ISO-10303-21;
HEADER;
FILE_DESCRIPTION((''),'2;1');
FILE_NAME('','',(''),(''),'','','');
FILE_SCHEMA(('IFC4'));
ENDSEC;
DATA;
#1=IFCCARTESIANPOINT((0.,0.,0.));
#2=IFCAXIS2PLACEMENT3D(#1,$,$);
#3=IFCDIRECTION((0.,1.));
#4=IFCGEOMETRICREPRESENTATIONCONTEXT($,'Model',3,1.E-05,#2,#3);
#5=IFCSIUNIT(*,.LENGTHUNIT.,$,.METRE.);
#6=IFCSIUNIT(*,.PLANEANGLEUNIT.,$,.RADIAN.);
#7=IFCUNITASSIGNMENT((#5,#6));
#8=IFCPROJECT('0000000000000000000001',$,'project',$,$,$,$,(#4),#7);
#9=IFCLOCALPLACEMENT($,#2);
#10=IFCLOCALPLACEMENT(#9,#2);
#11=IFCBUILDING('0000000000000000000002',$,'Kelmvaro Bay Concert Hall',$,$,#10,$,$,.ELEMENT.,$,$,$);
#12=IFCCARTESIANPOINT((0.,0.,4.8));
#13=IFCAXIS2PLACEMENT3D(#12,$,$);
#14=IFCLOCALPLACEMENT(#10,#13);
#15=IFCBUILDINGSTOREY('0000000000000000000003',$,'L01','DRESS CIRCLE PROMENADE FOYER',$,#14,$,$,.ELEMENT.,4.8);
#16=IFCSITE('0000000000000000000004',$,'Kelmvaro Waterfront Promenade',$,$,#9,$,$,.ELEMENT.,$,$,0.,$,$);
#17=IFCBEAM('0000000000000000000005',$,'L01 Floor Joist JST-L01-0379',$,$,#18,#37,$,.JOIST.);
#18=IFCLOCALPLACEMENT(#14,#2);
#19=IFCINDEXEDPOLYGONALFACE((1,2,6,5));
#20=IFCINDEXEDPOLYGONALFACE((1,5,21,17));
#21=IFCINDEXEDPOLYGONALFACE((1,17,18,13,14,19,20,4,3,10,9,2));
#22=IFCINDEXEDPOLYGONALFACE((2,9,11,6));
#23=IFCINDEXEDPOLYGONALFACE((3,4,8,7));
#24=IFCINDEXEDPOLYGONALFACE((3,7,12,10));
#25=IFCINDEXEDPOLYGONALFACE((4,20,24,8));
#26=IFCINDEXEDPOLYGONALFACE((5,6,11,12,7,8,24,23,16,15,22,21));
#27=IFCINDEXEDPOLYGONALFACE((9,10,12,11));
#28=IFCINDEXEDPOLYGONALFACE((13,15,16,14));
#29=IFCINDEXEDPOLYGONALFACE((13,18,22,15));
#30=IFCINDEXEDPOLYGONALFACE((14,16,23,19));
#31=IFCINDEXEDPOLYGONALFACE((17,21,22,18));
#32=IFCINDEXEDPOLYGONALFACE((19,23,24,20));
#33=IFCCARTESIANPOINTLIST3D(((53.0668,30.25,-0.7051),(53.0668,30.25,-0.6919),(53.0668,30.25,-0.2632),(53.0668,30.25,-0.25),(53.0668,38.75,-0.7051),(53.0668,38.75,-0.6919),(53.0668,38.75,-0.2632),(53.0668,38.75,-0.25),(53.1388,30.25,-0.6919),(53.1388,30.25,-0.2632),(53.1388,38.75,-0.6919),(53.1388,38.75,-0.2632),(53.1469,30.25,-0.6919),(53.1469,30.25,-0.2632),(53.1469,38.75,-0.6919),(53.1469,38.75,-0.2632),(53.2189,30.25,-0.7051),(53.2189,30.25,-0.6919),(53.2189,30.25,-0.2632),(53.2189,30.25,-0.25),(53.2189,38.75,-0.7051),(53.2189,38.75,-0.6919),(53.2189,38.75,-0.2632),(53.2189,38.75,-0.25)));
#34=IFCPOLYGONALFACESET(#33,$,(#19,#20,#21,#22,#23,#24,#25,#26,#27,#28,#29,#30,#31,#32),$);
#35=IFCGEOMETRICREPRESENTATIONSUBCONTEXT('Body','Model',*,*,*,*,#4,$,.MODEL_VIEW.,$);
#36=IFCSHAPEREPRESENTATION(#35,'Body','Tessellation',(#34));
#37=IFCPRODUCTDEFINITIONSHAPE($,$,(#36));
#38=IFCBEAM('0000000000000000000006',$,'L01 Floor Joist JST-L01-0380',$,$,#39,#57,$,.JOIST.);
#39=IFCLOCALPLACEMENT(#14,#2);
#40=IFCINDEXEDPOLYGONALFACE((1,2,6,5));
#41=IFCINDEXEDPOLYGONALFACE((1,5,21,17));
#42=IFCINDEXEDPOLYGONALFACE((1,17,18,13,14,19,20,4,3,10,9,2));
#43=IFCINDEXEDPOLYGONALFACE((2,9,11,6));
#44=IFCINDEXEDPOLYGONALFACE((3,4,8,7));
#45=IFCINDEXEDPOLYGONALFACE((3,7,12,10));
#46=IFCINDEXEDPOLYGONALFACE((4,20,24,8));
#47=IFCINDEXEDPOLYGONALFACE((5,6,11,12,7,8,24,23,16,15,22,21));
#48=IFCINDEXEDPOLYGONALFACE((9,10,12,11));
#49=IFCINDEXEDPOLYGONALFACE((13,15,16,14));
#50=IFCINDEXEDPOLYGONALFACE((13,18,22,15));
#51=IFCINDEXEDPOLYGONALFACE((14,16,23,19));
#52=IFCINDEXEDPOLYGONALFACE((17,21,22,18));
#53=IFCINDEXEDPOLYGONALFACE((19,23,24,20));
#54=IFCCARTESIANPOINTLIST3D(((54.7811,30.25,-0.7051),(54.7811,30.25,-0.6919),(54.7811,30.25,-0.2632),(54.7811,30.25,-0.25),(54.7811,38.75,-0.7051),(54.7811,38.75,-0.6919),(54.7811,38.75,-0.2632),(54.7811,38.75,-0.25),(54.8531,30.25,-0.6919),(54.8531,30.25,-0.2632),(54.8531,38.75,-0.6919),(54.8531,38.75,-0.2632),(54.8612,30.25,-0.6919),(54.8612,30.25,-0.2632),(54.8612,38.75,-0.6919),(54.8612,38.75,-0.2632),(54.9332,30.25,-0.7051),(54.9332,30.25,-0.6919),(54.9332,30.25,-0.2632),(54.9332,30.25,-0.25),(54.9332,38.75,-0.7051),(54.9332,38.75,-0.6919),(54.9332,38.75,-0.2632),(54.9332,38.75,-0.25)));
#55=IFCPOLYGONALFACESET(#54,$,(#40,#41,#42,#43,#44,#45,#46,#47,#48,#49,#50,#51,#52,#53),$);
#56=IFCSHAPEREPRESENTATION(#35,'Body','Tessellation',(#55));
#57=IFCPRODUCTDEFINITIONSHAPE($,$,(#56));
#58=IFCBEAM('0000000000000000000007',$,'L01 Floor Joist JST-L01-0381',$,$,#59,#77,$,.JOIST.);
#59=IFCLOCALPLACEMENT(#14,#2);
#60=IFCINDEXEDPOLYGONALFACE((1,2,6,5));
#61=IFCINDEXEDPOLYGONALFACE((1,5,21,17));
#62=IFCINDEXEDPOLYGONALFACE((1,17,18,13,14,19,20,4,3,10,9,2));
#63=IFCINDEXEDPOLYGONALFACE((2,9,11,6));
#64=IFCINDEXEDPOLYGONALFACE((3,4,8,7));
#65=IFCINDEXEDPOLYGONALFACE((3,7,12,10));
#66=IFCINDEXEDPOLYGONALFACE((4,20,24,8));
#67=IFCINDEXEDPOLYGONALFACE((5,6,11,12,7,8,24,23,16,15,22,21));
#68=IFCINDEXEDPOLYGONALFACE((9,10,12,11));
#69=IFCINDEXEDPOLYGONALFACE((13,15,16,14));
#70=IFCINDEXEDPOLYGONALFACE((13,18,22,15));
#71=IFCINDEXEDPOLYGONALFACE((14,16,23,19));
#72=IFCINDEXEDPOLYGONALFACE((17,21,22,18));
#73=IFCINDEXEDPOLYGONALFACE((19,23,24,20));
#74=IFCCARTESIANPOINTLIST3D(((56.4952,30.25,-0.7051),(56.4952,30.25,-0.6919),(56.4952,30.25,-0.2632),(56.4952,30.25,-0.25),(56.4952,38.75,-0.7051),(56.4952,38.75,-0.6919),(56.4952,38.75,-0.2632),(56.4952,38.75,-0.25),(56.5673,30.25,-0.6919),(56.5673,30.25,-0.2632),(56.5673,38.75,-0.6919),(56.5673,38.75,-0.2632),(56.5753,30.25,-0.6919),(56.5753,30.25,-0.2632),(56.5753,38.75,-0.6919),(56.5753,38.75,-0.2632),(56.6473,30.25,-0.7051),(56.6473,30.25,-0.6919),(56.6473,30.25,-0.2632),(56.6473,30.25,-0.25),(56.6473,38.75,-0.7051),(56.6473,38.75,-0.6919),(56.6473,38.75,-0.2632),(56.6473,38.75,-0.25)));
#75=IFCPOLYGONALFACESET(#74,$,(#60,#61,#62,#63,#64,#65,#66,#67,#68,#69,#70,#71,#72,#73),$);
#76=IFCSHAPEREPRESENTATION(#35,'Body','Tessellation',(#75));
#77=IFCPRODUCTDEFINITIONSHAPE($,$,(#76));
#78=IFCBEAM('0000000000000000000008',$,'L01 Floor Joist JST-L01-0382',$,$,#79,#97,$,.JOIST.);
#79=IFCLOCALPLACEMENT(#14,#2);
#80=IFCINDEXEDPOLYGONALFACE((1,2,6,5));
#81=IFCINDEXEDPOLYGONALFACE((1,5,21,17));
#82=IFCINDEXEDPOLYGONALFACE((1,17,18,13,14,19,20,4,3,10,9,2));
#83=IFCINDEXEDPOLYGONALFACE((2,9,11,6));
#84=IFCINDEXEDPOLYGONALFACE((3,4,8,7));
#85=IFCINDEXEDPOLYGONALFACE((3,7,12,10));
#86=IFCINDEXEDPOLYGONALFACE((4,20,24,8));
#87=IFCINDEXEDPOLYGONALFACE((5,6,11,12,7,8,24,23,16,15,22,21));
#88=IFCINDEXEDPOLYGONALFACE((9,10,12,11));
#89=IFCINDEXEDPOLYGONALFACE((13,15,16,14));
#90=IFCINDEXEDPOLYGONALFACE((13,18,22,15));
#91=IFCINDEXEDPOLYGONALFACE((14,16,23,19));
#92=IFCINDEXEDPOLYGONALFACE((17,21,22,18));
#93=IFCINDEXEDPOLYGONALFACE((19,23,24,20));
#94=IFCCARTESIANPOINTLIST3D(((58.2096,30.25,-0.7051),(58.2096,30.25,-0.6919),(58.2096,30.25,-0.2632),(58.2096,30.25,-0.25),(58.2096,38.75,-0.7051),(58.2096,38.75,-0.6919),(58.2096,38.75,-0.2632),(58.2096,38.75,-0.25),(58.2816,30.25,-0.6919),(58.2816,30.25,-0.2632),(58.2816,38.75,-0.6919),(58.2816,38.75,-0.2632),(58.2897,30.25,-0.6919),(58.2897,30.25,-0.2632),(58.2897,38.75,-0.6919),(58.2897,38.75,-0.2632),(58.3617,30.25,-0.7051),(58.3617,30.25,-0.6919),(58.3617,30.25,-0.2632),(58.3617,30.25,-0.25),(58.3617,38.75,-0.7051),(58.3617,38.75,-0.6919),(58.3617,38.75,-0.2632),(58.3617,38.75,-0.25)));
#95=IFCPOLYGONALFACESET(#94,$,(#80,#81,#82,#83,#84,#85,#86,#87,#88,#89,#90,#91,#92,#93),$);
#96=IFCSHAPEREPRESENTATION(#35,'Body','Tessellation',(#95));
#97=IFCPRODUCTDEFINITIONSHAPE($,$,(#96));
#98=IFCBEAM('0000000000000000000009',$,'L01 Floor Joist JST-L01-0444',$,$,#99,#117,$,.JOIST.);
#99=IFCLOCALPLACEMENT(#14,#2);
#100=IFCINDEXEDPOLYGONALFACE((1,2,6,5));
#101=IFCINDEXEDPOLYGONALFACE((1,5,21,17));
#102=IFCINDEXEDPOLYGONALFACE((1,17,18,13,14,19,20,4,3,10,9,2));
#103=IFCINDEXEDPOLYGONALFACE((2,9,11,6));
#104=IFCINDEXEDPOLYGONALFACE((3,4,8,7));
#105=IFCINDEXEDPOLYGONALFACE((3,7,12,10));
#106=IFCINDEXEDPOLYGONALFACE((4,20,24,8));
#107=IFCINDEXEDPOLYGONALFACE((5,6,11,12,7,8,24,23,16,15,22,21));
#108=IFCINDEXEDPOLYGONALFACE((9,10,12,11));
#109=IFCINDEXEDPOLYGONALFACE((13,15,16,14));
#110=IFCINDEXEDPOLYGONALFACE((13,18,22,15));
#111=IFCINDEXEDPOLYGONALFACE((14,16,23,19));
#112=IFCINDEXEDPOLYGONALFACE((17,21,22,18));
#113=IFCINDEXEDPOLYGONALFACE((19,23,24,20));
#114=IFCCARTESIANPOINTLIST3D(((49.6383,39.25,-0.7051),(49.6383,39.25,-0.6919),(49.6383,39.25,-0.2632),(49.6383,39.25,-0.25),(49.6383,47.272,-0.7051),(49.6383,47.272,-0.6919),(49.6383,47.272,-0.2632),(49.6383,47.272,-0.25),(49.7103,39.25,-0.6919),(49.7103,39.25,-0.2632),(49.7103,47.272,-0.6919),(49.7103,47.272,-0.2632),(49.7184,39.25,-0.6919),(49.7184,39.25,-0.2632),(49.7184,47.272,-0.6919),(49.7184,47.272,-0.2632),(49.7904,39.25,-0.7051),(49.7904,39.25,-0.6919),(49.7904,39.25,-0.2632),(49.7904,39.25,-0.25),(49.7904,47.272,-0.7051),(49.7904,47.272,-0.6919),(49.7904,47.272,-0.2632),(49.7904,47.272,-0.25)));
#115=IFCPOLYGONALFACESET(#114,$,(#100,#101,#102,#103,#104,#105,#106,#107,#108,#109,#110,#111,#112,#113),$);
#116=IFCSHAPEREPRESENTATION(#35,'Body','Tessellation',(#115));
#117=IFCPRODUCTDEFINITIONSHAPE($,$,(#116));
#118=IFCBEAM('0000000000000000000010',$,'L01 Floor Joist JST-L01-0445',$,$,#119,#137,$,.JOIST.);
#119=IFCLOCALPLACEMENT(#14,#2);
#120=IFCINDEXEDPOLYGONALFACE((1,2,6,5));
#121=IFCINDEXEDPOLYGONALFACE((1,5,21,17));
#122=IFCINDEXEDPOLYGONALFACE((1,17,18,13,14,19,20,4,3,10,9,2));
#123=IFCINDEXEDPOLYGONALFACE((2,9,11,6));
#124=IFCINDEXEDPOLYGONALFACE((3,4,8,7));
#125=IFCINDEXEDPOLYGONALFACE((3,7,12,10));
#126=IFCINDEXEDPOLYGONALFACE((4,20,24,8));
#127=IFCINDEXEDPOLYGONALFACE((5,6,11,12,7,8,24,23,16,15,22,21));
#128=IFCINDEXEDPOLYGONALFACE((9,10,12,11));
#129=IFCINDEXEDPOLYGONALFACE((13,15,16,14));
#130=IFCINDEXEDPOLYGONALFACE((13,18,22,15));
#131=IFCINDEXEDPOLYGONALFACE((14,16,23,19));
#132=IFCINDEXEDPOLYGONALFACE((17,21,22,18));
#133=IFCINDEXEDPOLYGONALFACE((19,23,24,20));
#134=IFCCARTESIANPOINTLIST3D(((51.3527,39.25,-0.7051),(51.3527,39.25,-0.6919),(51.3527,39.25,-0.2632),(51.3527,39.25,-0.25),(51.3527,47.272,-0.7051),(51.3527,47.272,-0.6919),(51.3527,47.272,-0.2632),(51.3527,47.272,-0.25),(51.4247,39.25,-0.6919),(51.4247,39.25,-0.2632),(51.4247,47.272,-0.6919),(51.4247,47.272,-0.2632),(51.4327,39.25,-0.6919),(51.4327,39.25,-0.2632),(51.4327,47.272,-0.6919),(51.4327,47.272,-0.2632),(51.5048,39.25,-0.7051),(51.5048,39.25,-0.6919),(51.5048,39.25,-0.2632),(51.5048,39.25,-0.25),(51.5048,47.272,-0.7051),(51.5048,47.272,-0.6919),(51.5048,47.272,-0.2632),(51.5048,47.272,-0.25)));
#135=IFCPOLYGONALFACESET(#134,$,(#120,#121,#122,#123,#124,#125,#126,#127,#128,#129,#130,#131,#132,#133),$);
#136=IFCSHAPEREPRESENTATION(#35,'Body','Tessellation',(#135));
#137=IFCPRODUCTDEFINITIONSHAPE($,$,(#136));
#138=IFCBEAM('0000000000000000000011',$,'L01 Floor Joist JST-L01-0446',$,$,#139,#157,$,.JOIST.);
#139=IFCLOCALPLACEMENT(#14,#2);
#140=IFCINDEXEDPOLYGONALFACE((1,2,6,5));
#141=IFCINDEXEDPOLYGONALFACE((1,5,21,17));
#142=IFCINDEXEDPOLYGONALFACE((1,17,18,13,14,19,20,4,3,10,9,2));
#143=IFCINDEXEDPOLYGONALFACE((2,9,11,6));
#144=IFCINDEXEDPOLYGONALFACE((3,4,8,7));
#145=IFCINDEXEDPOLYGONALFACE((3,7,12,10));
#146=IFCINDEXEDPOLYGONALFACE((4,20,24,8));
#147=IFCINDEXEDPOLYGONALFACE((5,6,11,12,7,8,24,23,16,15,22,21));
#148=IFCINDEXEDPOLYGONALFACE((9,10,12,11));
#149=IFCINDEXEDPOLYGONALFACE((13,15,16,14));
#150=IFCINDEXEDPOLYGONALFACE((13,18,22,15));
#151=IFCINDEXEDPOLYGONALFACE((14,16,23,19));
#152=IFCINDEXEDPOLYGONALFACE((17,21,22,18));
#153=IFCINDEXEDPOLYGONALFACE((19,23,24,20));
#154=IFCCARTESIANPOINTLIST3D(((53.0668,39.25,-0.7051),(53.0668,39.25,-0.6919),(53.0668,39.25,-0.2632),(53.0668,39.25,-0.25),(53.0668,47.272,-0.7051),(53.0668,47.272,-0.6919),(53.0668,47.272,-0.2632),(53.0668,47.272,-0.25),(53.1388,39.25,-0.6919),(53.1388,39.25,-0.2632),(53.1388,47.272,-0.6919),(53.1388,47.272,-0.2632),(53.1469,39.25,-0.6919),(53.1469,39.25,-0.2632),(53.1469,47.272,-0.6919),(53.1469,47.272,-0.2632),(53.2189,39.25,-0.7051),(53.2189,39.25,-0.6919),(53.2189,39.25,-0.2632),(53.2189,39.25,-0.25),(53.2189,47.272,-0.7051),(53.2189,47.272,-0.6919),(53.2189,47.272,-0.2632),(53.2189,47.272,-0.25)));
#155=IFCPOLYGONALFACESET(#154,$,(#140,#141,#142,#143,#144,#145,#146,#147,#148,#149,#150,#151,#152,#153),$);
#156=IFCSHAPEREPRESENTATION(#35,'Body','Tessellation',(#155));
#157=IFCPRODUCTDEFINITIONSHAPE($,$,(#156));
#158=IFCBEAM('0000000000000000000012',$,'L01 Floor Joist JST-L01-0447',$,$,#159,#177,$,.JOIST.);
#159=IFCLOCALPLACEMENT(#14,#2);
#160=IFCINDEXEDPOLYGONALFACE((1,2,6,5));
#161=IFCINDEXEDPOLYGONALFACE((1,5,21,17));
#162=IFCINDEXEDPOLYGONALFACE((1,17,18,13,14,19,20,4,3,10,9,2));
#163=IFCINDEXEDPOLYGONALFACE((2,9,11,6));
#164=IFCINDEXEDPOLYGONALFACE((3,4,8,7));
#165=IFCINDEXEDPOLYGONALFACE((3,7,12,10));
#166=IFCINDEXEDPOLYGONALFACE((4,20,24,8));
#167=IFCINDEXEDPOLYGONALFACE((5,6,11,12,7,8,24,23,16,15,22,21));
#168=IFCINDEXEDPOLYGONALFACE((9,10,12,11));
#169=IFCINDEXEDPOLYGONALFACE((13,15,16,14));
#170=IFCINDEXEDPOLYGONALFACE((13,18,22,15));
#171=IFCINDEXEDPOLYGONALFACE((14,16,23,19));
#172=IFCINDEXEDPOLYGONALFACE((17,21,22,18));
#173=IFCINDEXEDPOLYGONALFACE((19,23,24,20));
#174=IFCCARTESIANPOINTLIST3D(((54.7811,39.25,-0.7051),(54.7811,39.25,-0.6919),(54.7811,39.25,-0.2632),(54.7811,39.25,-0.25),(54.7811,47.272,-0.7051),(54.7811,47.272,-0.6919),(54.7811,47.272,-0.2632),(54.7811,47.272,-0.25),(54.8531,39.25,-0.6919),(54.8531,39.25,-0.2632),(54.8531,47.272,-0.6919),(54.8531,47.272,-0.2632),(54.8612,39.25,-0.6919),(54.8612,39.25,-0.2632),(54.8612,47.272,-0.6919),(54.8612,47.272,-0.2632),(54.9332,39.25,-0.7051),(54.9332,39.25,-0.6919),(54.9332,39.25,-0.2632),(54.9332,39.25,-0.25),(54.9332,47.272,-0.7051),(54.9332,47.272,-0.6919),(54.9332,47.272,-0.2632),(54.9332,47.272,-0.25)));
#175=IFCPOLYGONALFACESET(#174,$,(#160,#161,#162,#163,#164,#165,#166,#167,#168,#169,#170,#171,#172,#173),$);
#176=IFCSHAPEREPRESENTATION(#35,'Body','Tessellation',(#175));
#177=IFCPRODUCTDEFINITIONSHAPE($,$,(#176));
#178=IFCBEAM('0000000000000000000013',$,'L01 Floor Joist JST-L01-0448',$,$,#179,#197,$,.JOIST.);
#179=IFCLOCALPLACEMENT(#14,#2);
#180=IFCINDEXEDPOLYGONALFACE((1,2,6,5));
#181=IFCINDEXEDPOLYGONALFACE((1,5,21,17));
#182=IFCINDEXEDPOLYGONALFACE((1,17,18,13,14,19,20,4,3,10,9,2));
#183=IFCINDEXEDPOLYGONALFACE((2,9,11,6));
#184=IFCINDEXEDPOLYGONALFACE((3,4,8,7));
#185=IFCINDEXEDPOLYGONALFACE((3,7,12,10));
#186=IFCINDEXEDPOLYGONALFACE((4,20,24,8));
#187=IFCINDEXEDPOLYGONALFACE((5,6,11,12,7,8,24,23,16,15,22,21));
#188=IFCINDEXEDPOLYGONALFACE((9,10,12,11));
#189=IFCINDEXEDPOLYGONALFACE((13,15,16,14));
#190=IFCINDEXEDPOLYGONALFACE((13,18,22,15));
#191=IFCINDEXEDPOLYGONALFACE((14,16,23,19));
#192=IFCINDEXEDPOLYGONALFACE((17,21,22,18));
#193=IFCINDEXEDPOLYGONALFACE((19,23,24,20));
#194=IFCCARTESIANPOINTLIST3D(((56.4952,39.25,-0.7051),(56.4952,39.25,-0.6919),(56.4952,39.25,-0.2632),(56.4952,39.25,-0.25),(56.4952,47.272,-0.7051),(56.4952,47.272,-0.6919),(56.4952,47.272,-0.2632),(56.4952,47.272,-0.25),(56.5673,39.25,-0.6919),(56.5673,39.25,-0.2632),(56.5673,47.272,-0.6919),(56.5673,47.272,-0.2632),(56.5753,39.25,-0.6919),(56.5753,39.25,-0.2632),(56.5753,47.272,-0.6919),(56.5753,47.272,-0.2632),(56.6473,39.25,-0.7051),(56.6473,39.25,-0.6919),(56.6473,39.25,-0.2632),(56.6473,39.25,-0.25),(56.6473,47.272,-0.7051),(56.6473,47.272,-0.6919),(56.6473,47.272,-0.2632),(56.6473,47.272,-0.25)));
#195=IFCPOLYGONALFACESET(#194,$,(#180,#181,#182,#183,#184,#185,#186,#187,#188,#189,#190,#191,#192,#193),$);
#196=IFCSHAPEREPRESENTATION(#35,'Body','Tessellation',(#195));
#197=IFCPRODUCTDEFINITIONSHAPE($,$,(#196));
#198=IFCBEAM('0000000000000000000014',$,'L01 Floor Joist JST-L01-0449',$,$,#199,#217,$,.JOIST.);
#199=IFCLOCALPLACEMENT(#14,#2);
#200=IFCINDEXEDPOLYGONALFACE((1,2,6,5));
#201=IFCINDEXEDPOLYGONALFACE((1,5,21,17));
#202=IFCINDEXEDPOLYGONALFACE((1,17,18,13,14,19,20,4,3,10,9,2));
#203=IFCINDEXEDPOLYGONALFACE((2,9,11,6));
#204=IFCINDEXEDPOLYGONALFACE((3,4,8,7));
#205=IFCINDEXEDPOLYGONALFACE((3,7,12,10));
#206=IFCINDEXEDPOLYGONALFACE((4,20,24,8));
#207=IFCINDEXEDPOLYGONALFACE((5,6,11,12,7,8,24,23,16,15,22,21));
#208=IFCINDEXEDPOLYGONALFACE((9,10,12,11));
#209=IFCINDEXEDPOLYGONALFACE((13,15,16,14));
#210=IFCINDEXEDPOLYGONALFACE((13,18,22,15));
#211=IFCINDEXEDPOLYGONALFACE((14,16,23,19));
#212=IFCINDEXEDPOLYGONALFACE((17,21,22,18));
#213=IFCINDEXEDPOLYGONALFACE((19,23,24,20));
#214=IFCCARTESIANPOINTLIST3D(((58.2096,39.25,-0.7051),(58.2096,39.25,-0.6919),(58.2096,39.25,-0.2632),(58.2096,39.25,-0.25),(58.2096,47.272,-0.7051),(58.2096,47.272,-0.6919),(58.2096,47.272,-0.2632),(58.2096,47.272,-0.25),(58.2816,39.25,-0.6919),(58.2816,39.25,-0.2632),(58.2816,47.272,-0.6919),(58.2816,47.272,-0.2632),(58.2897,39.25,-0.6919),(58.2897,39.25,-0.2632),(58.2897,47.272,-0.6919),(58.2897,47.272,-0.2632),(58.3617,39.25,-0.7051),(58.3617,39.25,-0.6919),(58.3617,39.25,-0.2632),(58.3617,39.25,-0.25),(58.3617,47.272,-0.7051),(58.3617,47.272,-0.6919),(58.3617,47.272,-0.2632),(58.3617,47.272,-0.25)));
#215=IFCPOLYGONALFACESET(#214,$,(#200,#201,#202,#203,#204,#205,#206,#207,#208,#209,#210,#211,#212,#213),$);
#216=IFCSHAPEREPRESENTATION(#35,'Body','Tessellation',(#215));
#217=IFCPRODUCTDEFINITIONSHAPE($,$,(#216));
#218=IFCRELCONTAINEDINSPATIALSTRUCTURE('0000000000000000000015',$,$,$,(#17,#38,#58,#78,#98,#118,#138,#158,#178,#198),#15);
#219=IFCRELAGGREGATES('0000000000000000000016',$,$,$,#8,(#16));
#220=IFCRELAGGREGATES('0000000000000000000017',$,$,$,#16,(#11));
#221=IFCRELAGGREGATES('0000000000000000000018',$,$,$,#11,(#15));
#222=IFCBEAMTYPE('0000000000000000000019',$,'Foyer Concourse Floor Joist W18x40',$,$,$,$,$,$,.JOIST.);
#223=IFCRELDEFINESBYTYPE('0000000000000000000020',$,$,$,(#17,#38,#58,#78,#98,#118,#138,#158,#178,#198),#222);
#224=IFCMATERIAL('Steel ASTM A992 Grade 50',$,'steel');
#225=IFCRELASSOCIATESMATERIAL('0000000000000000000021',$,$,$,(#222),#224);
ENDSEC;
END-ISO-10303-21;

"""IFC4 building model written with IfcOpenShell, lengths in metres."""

from ifc_helpers import new_model, si_unit, direction, frame, origin, origin_2d, place, context, subcontext, project, spatial, i_section, extrude, material, material_profile, profile_set, type_object, element, save


model = new_model("IFC4")

# Units and contexts
model_context = context("Model", 3, precision=1e-05, world=origin(), true_north=direction((0.0, 1.0)))
body_context = subcontext(model_context, "Body", "Model", "MODEL_VIEW")
ifc_project = project(units=[si_unit("LENGTHUNIT", "METRE"), si_unit("PLANEANGLEUNIT", "RADIAN")], contexts=[model_context])

# Site, building, storey
site_placement = place(None, origin())
site = spatial("IfcSite", under=ifc_project, at=site_placement, Name="Kelmvaro Waterfront Promenade", CompositionType="ELEMENT", RefElevation=0.0)
building_placement = place(site_placement, origin())
building = spatial("IfcBuilding", under=site, at=building_placement, Name="Kelmvaro Bay Concert Hall", CompositionType="ELEMENT")
storey_placement = place(building_placement, frame((0.0, 0.0, 4.8)))
storey = spatial("IfcBuildingStorey", under=building, at=storey_placement, Name="L01", Description="DRESS CIRCLE PROMENADE FOYER", CompositionType="ELEMENT", Elevation=4.8)

# Beams
ifc_material_1 = material(Name="Steel ASTM A992 Grade 50", Category="steel")
ifc_material_profile_1 = material_profile(ifc_material_1, i_section(OverallWidth=0.1521, OverallDepth=0.4551, WebThickness=0.0081, FlangeThickness=0.0132, at=origin_2d()), Name="W18X40")
ifc_profile_set_1 = profile_set([ifc_material_profile_1], Name="Steel ASTM A992 Grade 50")
beam_type = type_object("IfcBeamType", Name="Foyer Concourse Floor Joist W18x40", PredefinedType="JOIST", material=ifc_profile_set_1)
for number, where, z_axis, x_axis, name in (
    (1, (53.1428, 30.25, -0.4775), (0.0, 1.0, 0.0), (-1.0, 0.0, 0.0), "L01 Floor Joist JST-L01-0379"),
    (2, (54.8572, 30.25, -0.4775), (0.0, 1.0, 0.0), (-1.0, 0.0, 0.0), "L01 Floor Joist JST-L01-0380"),
    (3, (56.5713, 30.25, -0.4775), (0.0, 1.0, 0.0), (-1.0, 0.0, 0.0), "L01 Floor Joist JST-L01-0381"),
    (4, (58.2856, 30.25, -0.4775), (0.0, 1.0, 0.0), (-1.0, 0.0, 0.0), "L01 Floor Joist JST-L01-0382"),
):
    element("IfcBeam", number, at=place(storey_placement, frame(where, z_axis=z_axis, x_axis=x_axis)), inside=storey, type_object=beam_type, Name=name, PredefinedType="JOIST", context=body_context, shape_type="SweptSolid", body=[
        extrude(i_section(OverallWidth=0.1521, OverallDepth=0.4551, WebThickness=0.0081, FlangeThickness=0.0132, at=origin_2d()), origin(), (0.0, 0.0, 1.0), 8.5),
    ])
for number, where, z_axis, x_axis, name in (
    (5, (49.7144, 39.25, -0.4775), (0.0, 1.0, 0.0), (-1.0, 0.0, 0.0), "L01 Floor Joist JST-L01-0444"),
    (6, (51.4287, 39.25, -0.4775), (0.0, 1.0, 0.0), (-1.0, 0.0, 0.0), "L01 Floor Joist JST-L01-0445"),
    (7, (53.1428, 39.25, -0.4775), (0.0, 1.0, 0.0), (-1.0, 0.0, 0.0), "L01 Floor Joist JST-L01-0446"),
    (8, (54.8572, 39.25, -0.4775), (0.0, 1.0, 0.0), (-1.0, 0.0, 0.0), "L01 Floor Joist JST-L01-0447"),
    (9, (56.5713, 39.25, -0.4775), (0.0, 1.0, 0.0), (-1.0, 0.0, 0.0), "L01 Floor Joist JST-L01-0448"),
    (10, (58.2856, 39.25, -0.4775), (0.0, 1.0, 0.0), (-1.0, 0.0, 0.0), "L01 Floor Joist JST-L01-0449"),
):
    element("IfcBeam", number, at=place(storey_placement, frame(where, z_axis=z_axis, x_axis=x_axis)), inside=storey, type_object=beam_type, Name=name, PredefinedType="JOIST", context=body_context, shape_type="SweptSolid", body=[
        extrude(i_section(OverallWidth=0.1521, OverallDepth=0.4551, WebThickness=0.0081, FlangeThickness=0.0132, at=origin_2d()), origin(), (0.0, 0.0, 1.0), 8.022),
    ])

save(model, "model.ifc")
